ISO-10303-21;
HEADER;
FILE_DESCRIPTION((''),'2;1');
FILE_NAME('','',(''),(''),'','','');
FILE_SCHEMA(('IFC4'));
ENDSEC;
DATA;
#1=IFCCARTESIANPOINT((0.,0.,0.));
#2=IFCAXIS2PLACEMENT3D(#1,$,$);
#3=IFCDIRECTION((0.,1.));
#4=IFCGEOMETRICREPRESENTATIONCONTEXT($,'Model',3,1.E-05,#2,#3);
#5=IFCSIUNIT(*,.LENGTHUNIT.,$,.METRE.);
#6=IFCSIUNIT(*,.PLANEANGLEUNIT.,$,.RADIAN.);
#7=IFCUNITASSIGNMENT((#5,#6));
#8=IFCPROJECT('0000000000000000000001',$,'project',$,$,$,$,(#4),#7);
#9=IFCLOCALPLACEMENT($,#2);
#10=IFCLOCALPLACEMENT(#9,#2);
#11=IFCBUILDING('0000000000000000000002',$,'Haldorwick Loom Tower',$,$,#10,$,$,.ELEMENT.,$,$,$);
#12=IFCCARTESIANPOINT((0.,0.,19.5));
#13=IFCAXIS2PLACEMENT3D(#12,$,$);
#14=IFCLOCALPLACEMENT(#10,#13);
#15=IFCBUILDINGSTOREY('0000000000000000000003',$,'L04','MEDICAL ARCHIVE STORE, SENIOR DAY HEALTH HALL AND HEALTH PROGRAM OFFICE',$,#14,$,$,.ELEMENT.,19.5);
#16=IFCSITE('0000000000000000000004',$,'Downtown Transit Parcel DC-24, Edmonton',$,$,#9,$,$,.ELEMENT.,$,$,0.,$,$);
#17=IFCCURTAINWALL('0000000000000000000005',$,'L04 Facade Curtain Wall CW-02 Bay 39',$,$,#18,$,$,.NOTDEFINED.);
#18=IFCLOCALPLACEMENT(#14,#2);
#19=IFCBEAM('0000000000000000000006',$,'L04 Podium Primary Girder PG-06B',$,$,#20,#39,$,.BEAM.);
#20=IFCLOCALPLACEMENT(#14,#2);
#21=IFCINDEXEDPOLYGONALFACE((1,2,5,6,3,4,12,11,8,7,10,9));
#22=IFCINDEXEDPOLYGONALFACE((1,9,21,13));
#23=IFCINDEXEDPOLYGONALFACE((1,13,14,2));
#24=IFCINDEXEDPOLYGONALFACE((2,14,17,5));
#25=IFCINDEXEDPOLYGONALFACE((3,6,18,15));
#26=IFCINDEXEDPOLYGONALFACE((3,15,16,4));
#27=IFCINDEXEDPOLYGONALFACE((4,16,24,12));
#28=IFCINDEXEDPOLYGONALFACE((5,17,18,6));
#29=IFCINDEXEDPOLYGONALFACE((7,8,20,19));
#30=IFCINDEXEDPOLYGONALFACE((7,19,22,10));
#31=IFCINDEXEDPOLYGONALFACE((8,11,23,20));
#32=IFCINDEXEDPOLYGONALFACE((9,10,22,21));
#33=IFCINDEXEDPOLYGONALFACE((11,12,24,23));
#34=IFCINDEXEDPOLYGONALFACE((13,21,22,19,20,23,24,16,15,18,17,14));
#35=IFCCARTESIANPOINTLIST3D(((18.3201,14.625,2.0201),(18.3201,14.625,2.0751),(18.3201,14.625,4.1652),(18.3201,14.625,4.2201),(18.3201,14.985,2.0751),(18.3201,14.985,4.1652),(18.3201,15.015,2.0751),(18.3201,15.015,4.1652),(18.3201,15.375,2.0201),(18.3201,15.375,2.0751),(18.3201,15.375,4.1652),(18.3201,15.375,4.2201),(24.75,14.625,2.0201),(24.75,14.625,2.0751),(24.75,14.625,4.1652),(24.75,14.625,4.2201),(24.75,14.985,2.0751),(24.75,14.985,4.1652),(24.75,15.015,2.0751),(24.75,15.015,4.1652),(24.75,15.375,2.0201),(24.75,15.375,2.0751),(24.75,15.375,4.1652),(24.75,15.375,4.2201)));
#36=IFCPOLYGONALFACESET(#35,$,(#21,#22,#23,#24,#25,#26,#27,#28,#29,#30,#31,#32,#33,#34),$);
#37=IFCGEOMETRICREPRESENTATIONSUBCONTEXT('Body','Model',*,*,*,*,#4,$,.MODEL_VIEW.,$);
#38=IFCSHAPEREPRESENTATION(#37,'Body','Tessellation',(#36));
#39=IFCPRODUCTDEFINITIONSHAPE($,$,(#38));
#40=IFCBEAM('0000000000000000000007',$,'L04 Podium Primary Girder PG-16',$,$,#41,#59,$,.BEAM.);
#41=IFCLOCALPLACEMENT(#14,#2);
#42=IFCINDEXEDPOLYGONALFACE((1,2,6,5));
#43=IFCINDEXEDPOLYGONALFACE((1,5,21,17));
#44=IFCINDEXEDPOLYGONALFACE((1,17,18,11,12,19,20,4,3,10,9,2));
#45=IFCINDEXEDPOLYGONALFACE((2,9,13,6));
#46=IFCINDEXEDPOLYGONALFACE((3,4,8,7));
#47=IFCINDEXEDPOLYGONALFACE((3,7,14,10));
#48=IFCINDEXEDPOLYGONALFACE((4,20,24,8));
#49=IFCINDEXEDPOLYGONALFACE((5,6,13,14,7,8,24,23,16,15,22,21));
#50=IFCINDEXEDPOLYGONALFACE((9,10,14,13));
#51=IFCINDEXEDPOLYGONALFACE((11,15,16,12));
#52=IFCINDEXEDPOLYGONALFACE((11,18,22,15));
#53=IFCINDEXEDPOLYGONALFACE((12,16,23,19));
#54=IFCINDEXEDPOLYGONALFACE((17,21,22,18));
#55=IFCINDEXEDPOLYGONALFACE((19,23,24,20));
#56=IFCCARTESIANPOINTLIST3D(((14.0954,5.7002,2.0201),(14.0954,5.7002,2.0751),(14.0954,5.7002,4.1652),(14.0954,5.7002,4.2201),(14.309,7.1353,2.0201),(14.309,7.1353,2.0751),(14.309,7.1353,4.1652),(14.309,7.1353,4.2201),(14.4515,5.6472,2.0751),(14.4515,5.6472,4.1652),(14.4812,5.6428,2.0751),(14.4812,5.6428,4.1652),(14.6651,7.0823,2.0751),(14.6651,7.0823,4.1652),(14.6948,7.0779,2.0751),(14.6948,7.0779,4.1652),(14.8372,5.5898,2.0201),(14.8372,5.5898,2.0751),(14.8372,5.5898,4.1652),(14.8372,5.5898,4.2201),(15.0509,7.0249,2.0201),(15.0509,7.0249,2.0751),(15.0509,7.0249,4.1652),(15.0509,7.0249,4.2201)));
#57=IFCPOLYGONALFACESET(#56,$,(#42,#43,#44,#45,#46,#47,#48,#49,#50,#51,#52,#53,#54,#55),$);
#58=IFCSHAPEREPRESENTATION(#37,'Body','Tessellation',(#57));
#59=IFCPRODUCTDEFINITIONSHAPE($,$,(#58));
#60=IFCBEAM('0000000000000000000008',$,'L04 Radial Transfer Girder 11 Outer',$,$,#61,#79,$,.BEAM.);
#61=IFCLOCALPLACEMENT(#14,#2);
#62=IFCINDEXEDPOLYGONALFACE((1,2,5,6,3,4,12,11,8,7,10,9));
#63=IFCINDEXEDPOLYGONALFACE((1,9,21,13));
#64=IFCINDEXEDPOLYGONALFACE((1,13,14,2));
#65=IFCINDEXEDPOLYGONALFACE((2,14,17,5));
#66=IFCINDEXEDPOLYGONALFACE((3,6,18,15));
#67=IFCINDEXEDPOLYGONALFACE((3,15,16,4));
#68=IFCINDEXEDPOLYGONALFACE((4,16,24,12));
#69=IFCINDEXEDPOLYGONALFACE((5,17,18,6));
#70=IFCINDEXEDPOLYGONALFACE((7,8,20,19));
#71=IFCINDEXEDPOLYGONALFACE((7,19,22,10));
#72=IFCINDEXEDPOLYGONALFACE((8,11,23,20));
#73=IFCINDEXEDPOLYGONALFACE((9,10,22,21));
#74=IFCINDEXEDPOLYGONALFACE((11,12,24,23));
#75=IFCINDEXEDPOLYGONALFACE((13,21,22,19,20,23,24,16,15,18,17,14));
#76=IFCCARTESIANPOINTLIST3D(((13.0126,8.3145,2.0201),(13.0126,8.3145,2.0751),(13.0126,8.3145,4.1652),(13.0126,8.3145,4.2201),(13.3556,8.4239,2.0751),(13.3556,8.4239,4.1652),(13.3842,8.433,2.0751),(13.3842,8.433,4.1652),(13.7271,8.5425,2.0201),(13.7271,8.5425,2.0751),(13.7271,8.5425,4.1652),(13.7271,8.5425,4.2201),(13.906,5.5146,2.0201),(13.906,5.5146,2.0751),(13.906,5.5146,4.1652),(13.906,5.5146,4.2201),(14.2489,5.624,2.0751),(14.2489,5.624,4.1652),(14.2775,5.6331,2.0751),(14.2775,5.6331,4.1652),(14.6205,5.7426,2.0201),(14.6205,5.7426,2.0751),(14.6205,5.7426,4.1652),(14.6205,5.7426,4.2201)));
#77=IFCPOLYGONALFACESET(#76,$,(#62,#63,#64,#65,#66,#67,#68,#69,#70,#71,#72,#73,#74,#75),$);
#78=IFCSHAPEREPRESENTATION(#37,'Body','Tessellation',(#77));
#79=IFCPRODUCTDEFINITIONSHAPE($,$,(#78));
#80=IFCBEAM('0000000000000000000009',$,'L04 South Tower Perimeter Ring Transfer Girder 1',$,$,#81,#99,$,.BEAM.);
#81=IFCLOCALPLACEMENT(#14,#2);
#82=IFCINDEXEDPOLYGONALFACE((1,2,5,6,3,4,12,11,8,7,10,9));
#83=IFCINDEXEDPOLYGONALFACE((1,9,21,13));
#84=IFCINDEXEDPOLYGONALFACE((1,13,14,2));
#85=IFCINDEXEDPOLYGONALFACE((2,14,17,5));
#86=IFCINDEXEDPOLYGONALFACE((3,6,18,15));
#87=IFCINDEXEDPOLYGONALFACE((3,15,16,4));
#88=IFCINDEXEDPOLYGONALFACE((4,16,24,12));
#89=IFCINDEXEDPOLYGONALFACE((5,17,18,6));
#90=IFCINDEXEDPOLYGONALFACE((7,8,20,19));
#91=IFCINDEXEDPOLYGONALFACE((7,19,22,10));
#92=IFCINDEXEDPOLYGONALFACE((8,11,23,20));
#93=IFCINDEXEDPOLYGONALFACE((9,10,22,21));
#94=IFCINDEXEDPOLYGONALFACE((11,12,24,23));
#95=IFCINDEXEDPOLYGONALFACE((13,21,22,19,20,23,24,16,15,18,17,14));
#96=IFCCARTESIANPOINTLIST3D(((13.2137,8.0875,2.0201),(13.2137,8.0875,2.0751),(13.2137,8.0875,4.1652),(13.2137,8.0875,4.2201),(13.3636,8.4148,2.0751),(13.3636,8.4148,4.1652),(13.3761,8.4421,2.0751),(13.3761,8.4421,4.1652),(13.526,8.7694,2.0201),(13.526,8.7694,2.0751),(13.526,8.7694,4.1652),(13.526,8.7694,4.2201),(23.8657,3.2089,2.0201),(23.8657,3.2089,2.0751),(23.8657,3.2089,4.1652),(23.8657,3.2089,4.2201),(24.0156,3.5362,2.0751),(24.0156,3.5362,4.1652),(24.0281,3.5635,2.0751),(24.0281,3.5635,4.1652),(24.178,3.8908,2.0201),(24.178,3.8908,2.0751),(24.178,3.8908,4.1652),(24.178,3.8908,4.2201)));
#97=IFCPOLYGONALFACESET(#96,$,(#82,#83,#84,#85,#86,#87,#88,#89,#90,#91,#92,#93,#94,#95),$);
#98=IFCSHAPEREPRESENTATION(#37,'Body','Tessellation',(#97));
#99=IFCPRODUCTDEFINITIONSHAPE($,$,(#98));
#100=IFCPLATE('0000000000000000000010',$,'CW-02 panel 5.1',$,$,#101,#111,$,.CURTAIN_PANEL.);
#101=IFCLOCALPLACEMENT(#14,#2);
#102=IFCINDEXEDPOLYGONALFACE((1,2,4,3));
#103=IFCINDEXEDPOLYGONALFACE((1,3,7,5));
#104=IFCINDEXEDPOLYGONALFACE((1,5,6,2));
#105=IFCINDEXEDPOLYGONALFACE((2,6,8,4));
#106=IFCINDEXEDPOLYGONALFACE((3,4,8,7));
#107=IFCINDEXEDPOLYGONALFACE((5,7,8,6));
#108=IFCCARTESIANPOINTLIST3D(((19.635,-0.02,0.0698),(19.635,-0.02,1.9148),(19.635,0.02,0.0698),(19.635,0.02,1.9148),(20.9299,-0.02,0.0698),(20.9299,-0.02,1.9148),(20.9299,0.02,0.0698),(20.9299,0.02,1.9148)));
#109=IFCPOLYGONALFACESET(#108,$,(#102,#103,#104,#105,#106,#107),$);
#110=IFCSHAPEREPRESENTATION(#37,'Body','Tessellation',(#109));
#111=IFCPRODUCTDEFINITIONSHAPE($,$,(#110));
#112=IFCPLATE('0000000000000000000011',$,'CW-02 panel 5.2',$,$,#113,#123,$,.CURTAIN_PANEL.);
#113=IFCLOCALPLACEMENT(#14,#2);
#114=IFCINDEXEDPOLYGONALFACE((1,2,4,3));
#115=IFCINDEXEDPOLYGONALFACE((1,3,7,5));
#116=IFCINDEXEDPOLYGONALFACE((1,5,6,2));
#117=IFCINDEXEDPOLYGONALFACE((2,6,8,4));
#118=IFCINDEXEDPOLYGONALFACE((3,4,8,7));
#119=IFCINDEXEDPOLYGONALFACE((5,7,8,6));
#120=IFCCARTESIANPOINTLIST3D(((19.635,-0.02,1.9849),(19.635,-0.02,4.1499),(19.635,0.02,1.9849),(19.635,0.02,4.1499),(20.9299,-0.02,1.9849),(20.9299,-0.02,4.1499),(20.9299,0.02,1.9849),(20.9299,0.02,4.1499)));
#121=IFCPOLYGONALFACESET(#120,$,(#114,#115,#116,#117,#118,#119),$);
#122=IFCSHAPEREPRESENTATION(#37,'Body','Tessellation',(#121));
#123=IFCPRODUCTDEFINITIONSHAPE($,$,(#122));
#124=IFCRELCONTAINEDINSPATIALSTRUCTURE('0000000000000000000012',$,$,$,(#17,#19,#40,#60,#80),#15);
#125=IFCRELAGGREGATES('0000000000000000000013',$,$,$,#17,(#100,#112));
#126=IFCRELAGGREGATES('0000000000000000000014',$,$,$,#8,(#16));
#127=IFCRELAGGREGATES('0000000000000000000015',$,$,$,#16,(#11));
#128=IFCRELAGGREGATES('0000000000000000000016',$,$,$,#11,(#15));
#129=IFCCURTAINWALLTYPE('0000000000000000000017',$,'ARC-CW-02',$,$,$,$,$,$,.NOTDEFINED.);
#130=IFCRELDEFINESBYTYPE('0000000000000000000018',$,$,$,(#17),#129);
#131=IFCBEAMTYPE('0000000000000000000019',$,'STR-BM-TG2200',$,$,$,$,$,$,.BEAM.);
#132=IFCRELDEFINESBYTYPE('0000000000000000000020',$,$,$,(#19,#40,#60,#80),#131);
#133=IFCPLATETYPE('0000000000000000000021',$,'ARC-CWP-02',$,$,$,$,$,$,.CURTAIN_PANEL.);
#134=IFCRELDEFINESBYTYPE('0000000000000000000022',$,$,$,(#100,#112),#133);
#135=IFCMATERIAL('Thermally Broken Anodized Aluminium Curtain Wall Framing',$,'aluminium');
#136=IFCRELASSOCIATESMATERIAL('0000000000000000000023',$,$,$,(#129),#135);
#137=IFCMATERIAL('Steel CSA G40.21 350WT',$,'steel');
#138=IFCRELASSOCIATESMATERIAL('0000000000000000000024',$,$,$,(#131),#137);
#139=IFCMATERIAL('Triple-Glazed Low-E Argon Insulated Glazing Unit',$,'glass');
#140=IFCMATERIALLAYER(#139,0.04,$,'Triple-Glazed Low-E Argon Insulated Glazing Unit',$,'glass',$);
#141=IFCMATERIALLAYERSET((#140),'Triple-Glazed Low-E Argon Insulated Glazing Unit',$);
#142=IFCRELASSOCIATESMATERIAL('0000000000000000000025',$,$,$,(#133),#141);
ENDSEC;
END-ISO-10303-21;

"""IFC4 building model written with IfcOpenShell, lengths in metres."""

from ifc_helpers import new_model, si_unit, direction, frame, origin, origin_2d, place, context, subcontext, project, spatial, rectangle, i_section, extrude, material, layer, layer_set, material_profile, profile_set, type_object, element, aggregate, save


model = new_model("IFC4")

# Units and contexts
model_context = context("Model", 3, precision=1e-05, world=origin(), true_north=direction((0.0, 1.0)))
body_context = subcontext(model_context, "Body", "Model", "MODEL_VIEW")
ifc_project = project(units=[si_unit("LENGTHUNIT", "METRE"), si_unit("PLANEANGLEUNIT", "RADIAN")], contexts=[model_context])

# Site, building, storey
site_placement = place(None, origin())
site = spatial("IfcSite", under=ifc_project, at=site_placement, Name="Downtown Transit Parcel DC-24, Edmonton", CompositionType="ELEMENT", RefElevation=0.0)
building_placement = place(site_placement, origin())
building = spatial("IfcBuilding", under=site, at=building_placement, Name="Haldorwick Loom Tower", CompositionType="ELEMENT")
storey_placement = place(building_placement, frame((0.0, 0.0, 19.5)))
storey = spatial("IfcBuildingStorey", under=building, at=storey_placement, Name="L04", Description="MEDICAL ARCHIVE STORE, SENIOR DAY HEALTH HALL AND HEALTH PROGRAM OFFICE", CompositionType="ELEMENT", Elevation=19.5)

# Curtain wall
ifc_material_1 = material(Name="Thermally Broken Anodized Aluminium Curtain Wall Framing", Category="aluminium")
curtain_wall_type = type_object("IfcCurtainWallType", Name="ARC-CW-02", PredefinedType="NOTDEFINED", material=ifc_material_1)
curtain_wall_placement = place(storey_placement, origin())
curtain_wall = element("IfcCurtainWall", 1, at=curtain_wall_placement, inside=storey, type_object=curtain_wall_type, Name="L04 Facade Curtain Wall CW-02 Bay 39", PredefinedType="NOTDEFINED")

# Beams
ifc_material_2 = material(Name="Steel CSA G40.21 350WT", Category="steel")
ifc_material_profile_1 = material_profile(ifc_material_2, i_section(OverallWidth=0.75, OverallDepth=2.2, WebThickness=0.03, FlangeThickness=0.0549, at=origin_2d()), Name="WWF2200X750", Category="steel")
ifc_profile_set_1 = profile_set([ifc_material_profile_1], Name="Steel CSA G40.21 350WT")
beam_type_1 = type_object("IfcBeamType", Name="STR-BM-TG2200", PredefinedType="BEAM", material=ifc_profile_set_1)
beam_1_placement = place(storey_placement, frame((18.3201, 15.0, 3.1201), z_axis=(1.0, 0.0, 0.0), x_axis=(0.0, 1.0, 0.0)))
element("IfcBeam", 2, at=beam_1_placement, inside=storey, type_object=beam_type_1, Name="L04 Podium Primary Girder PG-06B", PredefinedType="BEAM", context=body_context, shape_type="SweptSolid", body=[
    extrude(i_section(OverallWidth=0.75, OverallDepth=2.2, WebThickness=0.03, FlangeThickness=0.0549, at=origin_2d()), origin(), (0.0, 0.0, 1.0), 6.4299),
])
beam_2_placement = place(storey_placement, frame((14.4663, 5.645, 3.1201), z_axis=(0.147238, 0.989101, 0.0), x_axis=(-0.989101, 0.147238, 0.0)))
element("IfcBeam", 3, at=beam_2_placement, inside=storey, type_object=beam_type_1, Name="L04 Podium Primary Girder PG-16", PredefinedType="BEAM", context=body_context, shape_type="SweptSolid", body=[
    extrude(i_section(OverallWidth=0.75, OverallDepth=2.2, WebThickness=0.03, FlangeThickness=0.0549, at=origin_2d()), origin(), (0.0, 0.0, 1.0), 1.4509),
])
beam_3_placement = place(storey_placement, frame((13.3699, 8.4285, 3.1201), z_axis=(0.303965, -0.952683, 0.0), x_axis=(0.952683, 0.303965, 0.0)))
element("IfcBeam", 4, at=beam_3_placement, inside=storey, type_object=beam_type_1, Name="L04 Radial Transfer Girder 11 Outer", PredefinedType="BEAM", context=body_context, shape_type="SweptSolid", body=[
    extrude(i_section(OverallWidth=0.75, OverallDepth=2.2, WebThickness=0.03, FlangeThickness=0.0549, at=origin_2d()), origin(), (0.0, 0.0, 1.0), 2.939),
])
beam_4_placement = place(storey_placement, frame((13.3699, 8.4285, 3.1201), z_axis=(0.90918, -0.416404, 0.0), x_axis=(0.416404, 0.90918, 0.0)))
element("IfcBeam", 5, at=beam_4_placement, inside=storey, type_object=beam_type_1, Name="L04 South Tower Perimeter Ring Transfer Girder 1", PredefinedType="BEAM", context=body_context, shape_type="SweptSolid", body=[
    extrude(i_section(OverallWidth=0.75, OverallDepth=2.2, WebThickness=0.03, FlangeThickness=0.0549, at=origin_2d()), origin(), (0.0, 0.0, 1.0), 11.7161),
])

# Plates
ifc_material_3 = material(Name="Triple-Glazed Low-E Argon Insulated Glazing Unit", Category="glass")
ifc_layer_1 = layer(ifc_material_3, 0.04, Name="Triple-Glazed Low-E Argon Insulated Glazing Unit", Category="glass")
ifc_layer_set_1 = layer_set([ifc_layer_1], Name="Triple-Glazed Low-E Argon Insulated Glazing Unit")
plate_type = type_object("IfcPlateType", Name="ARC-CWP-02", PredefinedType="CURTAIN_PANEL", material=ifc_layer_set_1)
plate_1_placement = place(storey_placement, frame((20.2825, 0.0, 0.0698), z_axis=(0.0, 0.0, 1.0), x_axis=(1.0, 0.0, 0.0)))
plate_1 = element("IfcPlate", 6, at=plate_1_placement, type_object=plate_type, Name="CW-02 panel 5.1", PredefinedType="CURTAIN_PANEL", context=body_context, shape_type="SweptSolid", body=[
    extrude(rectangle(XDim=1.2949, YDim=0.04, at=origin_2d()), origin(), (0.0, 0.0, 1.0), 1.845),
])
plate_2_placement = place(storey_placement, frame((20.2825, 0.0, 1.9849), z_axis=(0.0, 0.0, 1.0), x_axis=(1.0, 0.0, 0.0)))
plate_2 = element("IfcPlate", 7, at=plate_2_placement, type_object=plate_type, Name="CW-02 panel 5.2", PredefinedType="CURTAIN_PANEL", context=body_context, shape_type="SweptSolid", body=[
    extrude(rectangle(XDim=1.2949, YDim=0.04, at=origin_2d()), origin(), (0.0, 0.0, 1.0), 2.165),
])
aggregate(curtain_wall, [plate_1, plate_2])

save(model, "model.ifc")
